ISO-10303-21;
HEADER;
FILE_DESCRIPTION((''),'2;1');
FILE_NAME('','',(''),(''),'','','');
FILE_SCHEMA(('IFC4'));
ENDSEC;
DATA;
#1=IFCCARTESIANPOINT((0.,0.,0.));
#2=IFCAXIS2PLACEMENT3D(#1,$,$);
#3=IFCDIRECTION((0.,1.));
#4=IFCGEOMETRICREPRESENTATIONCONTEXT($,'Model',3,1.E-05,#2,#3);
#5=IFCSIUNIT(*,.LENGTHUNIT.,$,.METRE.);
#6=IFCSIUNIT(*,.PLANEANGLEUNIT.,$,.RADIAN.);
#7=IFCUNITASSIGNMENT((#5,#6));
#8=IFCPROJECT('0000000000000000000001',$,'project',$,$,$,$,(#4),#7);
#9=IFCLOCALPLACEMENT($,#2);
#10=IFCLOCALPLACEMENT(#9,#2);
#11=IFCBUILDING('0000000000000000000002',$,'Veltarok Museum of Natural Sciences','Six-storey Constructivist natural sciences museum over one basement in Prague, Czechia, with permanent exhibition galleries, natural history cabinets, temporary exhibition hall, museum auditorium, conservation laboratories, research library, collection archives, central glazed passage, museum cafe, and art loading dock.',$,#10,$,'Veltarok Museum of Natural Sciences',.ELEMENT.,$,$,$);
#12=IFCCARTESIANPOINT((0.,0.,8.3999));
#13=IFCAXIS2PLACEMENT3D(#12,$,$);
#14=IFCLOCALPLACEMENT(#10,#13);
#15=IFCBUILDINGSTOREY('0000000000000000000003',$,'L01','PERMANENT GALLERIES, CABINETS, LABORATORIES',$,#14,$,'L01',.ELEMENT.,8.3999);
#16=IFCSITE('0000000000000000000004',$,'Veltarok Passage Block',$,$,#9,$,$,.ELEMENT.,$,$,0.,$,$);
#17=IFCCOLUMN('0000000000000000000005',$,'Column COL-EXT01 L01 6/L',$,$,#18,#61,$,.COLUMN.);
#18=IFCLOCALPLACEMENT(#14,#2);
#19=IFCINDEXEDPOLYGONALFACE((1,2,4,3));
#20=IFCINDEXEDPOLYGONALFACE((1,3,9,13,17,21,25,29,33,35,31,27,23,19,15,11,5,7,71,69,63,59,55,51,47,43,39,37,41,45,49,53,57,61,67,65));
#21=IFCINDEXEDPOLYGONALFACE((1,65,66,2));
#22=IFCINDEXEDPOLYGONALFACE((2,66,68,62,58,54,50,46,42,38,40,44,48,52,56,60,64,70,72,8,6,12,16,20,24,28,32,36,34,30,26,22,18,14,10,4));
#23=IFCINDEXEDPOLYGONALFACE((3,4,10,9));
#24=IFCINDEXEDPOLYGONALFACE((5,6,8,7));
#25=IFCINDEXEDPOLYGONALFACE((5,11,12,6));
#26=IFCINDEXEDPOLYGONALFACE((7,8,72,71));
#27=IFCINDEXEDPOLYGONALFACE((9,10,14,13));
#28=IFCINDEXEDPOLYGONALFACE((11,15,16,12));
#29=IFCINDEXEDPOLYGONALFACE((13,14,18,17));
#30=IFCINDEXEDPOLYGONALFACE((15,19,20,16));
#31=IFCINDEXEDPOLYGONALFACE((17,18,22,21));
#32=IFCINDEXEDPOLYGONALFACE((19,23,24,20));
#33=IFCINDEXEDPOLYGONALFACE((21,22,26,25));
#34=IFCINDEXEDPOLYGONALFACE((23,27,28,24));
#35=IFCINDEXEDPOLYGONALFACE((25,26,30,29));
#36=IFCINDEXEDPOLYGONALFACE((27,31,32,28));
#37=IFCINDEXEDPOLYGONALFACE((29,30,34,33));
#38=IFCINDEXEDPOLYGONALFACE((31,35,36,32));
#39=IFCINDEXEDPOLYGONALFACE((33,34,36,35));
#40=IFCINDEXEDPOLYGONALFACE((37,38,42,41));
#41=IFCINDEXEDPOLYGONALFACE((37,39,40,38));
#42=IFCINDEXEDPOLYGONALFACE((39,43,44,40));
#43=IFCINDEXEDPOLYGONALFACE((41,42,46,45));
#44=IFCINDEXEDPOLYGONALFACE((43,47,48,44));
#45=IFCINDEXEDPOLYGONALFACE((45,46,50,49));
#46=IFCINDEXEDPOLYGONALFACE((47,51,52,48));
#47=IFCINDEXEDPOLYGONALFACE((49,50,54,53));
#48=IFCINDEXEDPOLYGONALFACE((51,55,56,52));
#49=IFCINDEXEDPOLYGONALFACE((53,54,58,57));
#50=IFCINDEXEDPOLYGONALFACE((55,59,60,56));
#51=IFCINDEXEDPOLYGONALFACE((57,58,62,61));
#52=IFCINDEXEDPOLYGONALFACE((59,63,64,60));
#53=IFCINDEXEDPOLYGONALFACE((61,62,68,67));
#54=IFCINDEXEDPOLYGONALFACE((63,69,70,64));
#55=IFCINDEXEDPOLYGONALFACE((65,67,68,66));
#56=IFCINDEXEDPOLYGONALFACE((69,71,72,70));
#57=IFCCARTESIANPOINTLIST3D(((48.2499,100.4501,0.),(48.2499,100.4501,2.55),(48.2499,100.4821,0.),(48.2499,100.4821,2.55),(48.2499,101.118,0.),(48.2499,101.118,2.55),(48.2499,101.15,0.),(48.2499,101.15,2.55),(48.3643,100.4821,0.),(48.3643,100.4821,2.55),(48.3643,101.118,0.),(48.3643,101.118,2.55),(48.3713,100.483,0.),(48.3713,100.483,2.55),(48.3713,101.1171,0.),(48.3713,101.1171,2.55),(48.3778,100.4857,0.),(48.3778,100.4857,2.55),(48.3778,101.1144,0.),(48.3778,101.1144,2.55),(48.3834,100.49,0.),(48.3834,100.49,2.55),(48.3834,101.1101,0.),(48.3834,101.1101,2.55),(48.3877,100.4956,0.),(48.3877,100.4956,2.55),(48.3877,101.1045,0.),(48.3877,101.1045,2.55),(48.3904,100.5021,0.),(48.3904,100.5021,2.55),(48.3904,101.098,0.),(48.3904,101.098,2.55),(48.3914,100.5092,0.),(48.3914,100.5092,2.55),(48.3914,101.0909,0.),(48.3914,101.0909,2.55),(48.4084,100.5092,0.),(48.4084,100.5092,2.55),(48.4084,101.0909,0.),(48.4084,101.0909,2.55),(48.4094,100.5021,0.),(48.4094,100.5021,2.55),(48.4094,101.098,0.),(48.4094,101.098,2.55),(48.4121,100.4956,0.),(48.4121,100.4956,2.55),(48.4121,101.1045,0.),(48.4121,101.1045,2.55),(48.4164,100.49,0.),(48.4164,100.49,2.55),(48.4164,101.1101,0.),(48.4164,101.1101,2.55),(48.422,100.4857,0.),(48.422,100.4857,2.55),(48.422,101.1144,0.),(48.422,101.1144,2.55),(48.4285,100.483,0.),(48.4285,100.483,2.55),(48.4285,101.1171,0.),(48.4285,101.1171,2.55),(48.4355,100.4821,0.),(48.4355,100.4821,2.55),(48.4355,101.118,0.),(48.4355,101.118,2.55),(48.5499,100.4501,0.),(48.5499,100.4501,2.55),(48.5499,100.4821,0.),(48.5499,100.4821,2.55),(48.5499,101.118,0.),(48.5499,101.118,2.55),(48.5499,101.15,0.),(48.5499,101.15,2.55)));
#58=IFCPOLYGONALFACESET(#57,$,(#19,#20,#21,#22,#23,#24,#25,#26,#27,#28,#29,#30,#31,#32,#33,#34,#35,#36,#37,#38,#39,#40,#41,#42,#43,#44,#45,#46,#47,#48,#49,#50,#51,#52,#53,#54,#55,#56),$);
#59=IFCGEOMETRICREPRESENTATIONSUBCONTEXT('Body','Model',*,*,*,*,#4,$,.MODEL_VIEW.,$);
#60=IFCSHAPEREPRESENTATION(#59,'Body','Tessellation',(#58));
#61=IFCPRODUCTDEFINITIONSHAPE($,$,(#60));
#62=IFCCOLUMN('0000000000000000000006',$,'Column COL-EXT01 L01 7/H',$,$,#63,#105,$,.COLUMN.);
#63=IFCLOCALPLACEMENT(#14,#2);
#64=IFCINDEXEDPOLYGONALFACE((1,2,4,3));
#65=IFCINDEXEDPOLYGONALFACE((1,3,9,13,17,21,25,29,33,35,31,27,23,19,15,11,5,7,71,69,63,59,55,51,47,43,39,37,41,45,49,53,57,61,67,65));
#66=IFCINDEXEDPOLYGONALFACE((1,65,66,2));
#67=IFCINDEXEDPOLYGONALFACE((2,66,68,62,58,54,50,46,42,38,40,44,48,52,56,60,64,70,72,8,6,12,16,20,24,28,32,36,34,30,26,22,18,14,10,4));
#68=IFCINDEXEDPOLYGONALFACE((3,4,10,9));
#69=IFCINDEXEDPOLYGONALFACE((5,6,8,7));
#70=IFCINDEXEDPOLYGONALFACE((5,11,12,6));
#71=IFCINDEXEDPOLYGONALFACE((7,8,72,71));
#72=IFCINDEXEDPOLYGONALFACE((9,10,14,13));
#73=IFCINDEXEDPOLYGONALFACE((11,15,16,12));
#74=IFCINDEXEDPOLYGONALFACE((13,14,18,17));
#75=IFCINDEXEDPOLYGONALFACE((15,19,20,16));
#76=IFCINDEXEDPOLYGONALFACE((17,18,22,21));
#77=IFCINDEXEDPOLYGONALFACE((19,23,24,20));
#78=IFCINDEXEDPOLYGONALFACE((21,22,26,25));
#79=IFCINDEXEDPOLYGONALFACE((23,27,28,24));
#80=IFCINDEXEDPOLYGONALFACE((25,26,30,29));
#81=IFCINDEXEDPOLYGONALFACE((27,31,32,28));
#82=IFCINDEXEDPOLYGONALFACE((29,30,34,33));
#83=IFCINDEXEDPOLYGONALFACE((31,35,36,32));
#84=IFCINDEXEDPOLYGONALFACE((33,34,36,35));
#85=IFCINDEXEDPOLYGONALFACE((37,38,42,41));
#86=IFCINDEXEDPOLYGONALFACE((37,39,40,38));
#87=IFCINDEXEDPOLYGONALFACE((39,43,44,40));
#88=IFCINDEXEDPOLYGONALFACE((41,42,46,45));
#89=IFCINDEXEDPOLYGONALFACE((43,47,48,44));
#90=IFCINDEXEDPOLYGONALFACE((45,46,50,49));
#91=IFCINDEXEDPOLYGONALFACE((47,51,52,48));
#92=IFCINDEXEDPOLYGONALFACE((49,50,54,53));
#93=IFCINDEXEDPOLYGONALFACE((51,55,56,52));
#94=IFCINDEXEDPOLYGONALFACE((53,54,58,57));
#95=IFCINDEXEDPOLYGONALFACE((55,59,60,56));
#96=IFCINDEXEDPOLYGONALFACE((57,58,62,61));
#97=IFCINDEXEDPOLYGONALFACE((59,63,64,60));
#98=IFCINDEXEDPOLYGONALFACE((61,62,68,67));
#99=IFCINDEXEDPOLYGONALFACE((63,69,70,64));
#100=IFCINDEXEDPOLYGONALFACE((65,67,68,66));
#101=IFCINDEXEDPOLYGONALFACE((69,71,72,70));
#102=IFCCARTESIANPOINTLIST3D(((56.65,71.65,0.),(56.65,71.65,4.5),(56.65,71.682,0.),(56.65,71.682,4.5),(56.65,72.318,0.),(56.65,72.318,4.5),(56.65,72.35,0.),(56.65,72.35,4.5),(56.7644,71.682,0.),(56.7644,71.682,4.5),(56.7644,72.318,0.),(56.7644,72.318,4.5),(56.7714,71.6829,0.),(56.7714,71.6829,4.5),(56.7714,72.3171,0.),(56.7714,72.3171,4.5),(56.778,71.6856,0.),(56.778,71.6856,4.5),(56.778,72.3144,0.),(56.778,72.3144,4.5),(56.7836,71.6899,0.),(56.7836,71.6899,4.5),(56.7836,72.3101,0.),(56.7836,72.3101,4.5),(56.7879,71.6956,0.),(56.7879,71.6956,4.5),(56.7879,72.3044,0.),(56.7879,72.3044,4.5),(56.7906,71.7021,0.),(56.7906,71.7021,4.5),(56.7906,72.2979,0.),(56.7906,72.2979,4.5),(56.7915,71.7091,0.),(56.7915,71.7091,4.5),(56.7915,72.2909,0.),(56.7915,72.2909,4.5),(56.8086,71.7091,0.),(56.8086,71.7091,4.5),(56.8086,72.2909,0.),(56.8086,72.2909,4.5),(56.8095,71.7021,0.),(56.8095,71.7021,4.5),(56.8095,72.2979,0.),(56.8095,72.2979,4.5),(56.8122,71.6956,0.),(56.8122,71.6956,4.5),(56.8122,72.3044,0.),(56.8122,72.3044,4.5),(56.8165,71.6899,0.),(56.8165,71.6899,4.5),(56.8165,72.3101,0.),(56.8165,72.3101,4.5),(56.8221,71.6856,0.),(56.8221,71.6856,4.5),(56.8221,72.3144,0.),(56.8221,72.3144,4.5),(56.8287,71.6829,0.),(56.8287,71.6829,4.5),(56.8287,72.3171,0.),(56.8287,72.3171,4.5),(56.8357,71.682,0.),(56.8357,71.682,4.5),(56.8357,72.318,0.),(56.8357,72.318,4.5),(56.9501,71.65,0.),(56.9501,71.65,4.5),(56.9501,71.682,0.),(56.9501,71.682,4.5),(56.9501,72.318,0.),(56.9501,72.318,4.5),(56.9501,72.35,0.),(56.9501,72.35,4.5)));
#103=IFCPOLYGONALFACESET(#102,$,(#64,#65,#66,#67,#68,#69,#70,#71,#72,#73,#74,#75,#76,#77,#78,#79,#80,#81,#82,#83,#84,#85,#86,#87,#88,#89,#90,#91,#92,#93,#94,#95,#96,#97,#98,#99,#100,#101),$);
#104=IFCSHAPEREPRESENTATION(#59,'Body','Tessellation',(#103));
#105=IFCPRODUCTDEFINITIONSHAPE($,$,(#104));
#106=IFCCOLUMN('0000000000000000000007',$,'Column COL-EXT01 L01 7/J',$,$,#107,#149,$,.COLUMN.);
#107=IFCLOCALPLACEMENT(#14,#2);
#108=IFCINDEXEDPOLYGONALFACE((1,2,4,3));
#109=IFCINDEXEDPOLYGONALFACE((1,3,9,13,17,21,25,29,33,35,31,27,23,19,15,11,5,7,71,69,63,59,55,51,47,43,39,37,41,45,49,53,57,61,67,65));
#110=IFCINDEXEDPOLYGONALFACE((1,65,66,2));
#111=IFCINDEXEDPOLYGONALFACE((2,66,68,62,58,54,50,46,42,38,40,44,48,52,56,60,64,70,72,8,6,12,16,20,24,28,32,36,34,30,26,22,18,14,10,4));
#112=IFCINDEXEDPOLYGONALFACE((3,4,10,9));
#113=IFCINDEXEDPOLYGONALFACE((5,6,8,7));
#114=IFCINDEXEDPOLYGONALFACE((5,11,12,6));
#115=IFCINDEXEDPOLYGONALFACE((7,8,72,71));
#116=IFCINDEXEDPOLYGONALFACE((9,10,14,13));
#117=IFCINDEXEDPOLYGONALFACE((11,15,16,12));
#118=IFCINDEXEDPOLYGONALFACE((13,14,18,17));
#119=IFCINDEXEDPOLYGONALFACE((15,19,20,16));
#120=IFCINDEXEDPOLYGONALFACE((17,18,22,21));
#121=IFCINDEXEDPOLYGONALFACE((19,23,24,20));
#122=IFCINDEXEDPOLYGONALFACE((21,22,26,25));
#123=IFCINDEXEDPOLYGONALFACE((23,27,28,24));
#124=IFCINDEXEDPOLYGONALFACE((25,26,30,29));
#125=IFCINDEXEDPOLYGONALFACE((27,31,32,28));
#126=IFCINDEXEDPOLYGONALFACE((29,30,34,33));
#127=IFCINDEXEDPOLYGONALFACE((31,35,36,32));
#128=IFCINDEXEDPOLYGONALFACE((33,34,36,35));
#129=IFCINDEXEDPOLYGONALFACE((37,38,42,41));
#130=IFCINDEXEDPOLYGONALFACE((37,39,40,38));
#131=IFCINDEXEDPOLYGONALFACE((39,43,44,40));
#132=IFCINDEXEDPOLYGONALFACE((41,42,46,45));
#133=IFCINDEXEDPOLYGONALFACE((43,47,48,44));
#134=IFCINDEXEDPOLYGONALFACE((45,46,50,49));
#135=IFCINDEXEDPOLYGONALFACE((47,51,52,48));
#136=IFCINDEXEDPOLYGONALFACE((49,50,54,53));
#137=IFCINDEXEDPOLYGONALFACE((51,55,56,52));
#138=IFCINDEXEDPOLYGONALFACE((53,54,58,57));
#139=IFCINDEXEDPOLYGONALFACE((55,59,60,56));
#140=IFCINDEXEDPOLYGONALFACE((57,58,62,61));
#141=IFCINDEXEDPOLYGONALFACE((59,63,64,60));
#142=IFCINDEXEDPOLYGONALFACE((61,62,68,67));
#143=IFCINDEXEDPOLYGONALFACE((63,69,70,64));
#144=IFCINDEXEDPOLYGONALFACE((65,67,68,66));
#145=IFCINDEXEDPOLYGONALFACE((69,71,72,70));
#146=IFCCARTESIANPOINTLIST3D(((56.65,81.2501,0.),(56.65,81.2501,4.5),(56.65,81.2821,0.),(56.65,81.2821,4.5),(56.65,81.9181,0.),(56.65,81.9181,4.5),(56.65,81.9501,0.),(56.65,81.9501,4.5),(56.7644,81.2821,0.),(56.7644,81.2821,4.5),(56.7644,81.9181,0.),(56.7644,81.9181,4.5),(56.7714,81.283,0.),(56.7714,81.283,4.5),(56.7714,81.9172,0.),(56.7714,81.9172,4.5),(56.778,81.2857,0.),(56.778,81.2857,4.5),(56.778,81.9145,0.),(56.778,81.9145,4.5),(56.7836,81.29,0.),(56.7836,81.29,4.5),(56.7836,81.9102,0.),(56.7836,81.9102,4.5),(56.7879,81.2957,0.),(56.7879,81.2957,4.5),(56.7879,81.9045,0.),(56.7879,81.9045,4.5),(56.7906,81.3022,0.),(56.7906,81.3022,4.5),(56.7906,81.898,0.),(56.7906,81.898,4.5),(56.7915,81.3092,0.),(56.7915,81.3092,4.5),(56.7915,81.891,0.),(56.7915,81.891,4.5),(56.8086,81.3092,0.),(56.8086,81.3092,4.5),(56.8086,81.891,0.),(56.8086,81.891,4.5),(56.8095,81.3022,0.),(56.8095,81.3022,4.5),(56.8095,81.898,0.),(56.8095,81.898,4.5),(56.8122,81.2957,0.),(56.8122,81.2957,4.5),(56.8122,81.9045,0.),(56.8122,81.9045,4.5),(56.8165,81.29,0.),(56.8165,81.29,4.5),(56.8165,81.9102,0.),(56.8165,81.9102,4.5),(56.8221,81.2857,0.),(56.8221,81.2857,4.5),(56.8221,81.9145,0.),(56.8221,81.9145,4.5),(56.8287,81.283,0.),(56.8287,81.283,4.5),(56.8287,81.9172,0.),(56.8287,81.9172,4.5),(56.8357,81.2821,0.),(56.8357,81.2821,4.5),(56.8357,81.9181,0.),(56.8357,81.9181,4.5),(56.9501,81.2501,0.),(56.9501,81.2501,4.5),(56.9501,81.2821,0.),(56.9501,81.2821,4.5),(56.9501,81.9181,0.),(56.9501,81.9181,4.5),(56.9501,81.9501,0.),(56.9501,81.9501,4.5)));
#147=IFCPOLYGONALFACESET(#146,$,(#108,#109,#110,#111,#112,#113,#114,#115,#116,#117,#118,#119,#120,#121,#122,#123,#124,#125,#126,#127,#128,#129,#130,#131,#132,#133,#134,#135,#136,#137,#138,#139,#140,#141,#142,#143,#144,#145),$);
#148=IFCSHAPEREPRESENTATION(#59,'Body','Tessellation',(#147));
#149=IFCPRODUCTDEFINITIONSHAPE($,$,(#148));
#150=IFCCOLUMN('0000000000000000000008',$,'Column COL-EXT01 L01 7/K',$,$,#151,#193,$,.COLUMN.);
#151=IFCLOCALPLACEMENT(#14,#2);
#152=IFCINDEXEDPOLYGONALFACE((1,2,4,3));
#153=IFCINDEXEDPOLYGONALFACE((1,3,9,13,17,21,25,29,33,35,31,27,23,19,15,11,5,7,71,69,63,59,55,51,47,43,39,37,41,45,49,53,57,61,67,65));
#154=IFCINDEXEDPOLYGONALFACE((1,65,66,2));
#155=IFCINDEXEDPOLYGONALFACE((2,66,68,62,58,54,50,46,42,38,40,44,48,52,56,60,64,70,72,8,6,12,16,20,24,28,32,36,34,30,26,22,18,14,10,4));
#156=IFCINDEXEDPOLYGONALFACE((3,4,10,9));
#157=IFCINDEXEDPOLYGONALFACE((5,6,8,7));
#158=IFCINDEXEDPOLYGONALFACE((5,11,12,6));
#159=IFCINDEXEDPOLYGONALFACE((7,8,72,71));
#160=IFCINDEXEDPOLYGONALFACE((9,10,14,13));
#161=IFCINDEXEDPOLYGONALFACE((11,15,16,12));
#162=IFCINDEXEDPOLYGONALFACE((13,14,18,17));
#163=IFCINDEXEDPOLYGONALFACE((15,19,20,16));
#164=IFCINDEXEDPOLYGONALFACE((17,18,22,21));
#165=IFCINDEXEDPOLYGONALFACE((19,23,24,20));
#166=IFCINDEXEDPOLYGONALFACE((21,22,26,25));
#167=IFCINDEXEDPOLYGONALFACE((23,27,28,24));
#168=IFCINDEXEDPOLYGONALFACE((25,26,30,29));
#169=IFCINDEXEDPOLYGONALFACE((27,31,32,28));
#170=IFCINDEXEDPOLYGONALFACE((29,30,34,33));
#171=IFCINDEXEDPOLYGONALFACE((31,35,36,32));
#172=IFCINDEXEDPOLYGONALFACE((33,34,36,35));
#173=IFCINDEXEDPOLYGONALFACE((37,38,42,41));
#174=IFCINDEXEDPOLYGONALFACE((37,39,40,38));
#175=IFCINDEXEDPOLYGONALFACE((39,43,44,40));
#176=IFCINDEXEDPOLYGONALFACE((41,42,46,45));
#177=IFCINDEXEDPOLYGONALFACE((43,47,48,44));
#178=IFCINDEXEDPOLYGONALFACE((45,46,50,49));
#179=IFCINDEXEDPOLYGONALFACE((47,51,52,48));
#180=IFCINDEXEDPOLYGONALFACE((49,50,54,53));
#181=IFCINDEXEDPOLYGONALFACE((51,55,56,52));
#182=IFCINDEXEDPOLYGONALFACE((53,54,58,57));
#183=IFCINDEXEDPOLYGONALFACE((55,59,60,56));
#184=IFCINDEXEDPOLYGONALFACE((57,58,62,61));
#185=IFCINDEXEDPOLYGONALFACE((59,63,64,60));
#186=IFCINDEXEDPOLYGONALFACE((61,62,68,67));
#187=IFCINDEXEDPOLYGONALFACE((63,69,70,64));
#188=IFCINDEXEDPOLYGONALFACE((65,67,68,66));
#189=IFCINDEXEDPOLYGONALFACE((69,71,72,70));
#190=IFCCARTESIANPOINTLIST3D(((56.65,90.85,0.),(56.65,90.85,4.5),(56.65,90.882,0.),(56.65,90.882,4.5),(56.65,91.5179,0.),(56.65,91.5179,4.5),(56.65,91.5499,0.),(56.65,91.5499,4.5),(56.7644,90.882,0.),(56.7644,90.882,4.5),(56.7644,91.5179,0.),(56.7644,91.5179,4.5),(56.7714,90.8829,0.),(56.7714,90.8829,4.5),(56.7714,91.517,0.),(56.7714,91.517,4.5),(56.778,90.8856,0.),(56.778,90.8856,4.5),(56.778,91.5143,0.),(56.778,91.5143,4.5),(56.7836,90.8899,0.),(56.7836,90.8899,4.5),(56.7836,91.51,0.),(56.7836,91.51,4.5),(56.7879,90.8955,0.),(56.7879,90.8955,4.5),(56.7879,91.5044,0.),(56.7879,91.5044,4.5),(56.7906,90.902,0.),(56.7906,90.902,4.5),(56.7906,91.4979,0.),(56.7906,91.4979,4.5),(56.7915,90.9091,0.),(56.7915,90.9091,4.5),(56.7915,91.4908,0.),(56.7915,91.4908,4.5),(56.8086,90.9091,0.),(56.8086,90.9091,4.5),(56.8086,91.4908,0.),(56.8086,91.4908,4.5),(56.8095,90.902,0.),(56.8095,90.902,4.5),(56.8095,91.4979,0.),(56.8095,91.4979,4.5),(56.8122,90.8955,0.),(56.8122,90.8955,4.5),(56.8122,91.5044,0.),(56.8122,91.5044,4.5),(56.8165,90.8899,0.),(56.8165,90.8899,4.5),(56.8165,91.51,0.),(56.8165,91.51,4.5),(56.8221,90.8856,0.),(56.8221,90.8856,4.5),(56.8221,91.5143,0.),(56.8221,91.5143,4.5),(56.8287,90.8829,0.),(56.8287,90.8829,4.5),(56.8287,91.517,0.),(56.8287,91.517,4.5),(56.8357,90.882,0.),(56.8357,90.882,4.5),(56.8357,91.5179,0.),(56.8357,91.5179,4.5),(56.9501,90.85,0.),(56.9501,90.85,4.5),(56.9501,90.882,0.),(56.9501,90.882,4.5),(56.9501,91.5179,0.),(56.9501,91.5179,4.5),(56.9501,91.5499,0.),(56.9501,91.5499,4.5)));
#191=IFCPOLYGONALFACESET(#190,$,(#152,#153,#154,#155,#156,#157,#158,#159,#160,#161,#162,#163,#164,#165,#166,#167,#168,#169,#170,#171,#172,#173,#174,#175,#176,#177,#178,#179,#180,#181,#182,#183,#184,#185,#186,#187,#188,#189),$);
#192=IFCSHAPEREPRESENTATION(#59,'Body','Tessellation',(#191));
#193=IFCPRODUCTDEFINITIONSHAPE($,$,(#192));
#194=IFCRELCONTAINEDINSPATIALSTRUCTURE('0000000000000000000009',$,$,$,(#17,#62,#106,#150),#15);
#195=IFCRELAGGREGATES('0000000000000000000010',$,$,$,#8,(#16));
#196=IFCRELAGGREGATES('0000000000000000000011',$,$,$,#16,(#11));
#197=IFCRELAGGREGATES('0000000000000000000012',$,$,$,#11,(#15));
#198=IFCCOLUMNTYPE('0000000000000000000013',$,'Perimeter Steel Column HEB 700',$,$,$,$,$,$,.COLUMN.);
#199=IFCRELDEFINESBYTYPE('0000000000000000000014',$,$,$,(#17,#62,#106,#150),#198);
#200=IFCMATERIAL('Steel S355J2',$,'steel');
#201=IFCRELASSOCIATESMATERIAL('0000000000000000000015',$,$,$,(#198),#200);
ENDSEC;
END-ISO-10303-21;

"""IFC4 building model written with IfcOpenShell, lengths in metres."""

from ifc_helpers import new_model, si_unit, direction, frame, origin, origin_2d, place, context, subcontext, project, spatial, i_section, extrude, material, material_profile, profile_set, type_object, element, save


model = new_model("IFC4")

# Units and contexts
model_context = context("Model", 3, precision=1e-05, world=origin(), true_north=direction((0.0, 1.0)))
body_context = subcontext(model_context, "Body", "Model", "MODEL_VIEW")
ifc_project = project(units=[si_unit("LENGTHUNIT", "METRE"), si_unit("PLANEANGLEUNIT", "RADIAN")], contexts=[model_context])

# Site, building, storey
site_placement = place(None, origin())
site = spatial("IfcSite", under=ifc_project, at=site_placement, Name="Veltarok Passage Block", CompositionType="ELEMENT", RefElevation=0.0)
building_placement = place(site_placement, origin())
building = spatial("IfcBuilding", under=site, at=building_placement, Name="Veltarok Museum of Natural Sciences", Description="Six-storey Constructivist natural sciences museum over one basement in Prague, Czechia, with permanent exhibition galleries, natural history cabinets, temporary exhibition hall, museum auditorium, conservation laboratories, research library, collection archives, central glazed passage, museum cafe, and art loading dock.", LongName="Veltarok Museum of Natural Sciences", CompositionType="ELEMENT")
storey_placement = place(building_placement, frame((0.0, 0.0, 8.3999)))
storey = spatial("IfcBuildingStorey", under=building, at=storey_placement, Name="L01", Description="PERMANENT GALLERIES, CABINETS, LABORATORIES", LongName="L01", CompositionType="ELEMENT", Elevation=8.3999)

# Columns
ifc_material_1 = material(Name="Steel S355J2", Category="steel")
ifc_material_profile_1 = material_profile(ifc_material_1, i_section(OverallWidth=0.3, OverallDepth=0.7, WebThickness=0.0171, FlangeThickness=0.032, FilletRadius=0.0271, at=origin_2d()), Name="HEB 700")
ifc_profile_set_1 = profile_set([ifc_material_profile_1], Name="Steel S355J2")
column_type = type_object("IfcColumnType", Name="Perimeter Steel Column HEB 700", PredefinedType="COLUMN", material=ifc_profile_set_1)
for number, where, z_axis, x_axis, name in (
    (1, (48.3999, 100.8, 0.0), (0.0, 0.0, 1.0), (1.0, 0.0, 0.0), "Column COL-EXT01 L01 6/L"),
):
    element("IfcColumn", number, at=place(storey_placement, frame(where, z_axis=z_axis, x_axis=x_axis)), inside=storey, type_object=column_type, Name=name, PredefinedType="COLUMN", context=body_context, shape_type="SweptSolid", body=[
        extrude(i_section(OverallWidth=0.3, OverallDepth=0.7, WebThickness=0.0171, FlangeThickness=0.032, FilletRadius=0.0271, at=origin_2d()), origin(), (0.0, 0.0, 1.0), 2.55),
    ])
for number, where, z_axis, x_axis, name in (
    (2, (56.8, 72.0, 0.0), (0.0, 0.0, 1.0), (1.0, 0.0, 0.0), "Column COL-EXT01 L01 7/H"),
    (3, (56.8, 81.6001, 0.0), (0.0, 0.0, 1.0), (1.0, 0.0, 0.0), "Column COL-EXT01 L01 7/J"),
    (4, (56.8, 91.2, 0.0), (0.0, 0.0, 1.0), (1.0, 0.0, 0.0), "Column COL-EXT01 L01 7/K"),
):
    element("IfcColumn", number, at=place(storey_placement, frame(where, z_axis=z_axis, x_axis=x_axis)), inside=storey, type_object=column_type, Name=name, PredefinedType="COLUMN", context=body_context, shape_type="SweptSolid", body=[
        extrude(i_section(OverallWidth=0.3, OverallDepth=0.7, WebThickness=0.0171, FlangeThickness=0.032, FilletRadius=0.0271, at=origin_2d()), origin(), (0.0, 0.0, 1.0), 4.5),
    ])

save(model, "model.ifc")
